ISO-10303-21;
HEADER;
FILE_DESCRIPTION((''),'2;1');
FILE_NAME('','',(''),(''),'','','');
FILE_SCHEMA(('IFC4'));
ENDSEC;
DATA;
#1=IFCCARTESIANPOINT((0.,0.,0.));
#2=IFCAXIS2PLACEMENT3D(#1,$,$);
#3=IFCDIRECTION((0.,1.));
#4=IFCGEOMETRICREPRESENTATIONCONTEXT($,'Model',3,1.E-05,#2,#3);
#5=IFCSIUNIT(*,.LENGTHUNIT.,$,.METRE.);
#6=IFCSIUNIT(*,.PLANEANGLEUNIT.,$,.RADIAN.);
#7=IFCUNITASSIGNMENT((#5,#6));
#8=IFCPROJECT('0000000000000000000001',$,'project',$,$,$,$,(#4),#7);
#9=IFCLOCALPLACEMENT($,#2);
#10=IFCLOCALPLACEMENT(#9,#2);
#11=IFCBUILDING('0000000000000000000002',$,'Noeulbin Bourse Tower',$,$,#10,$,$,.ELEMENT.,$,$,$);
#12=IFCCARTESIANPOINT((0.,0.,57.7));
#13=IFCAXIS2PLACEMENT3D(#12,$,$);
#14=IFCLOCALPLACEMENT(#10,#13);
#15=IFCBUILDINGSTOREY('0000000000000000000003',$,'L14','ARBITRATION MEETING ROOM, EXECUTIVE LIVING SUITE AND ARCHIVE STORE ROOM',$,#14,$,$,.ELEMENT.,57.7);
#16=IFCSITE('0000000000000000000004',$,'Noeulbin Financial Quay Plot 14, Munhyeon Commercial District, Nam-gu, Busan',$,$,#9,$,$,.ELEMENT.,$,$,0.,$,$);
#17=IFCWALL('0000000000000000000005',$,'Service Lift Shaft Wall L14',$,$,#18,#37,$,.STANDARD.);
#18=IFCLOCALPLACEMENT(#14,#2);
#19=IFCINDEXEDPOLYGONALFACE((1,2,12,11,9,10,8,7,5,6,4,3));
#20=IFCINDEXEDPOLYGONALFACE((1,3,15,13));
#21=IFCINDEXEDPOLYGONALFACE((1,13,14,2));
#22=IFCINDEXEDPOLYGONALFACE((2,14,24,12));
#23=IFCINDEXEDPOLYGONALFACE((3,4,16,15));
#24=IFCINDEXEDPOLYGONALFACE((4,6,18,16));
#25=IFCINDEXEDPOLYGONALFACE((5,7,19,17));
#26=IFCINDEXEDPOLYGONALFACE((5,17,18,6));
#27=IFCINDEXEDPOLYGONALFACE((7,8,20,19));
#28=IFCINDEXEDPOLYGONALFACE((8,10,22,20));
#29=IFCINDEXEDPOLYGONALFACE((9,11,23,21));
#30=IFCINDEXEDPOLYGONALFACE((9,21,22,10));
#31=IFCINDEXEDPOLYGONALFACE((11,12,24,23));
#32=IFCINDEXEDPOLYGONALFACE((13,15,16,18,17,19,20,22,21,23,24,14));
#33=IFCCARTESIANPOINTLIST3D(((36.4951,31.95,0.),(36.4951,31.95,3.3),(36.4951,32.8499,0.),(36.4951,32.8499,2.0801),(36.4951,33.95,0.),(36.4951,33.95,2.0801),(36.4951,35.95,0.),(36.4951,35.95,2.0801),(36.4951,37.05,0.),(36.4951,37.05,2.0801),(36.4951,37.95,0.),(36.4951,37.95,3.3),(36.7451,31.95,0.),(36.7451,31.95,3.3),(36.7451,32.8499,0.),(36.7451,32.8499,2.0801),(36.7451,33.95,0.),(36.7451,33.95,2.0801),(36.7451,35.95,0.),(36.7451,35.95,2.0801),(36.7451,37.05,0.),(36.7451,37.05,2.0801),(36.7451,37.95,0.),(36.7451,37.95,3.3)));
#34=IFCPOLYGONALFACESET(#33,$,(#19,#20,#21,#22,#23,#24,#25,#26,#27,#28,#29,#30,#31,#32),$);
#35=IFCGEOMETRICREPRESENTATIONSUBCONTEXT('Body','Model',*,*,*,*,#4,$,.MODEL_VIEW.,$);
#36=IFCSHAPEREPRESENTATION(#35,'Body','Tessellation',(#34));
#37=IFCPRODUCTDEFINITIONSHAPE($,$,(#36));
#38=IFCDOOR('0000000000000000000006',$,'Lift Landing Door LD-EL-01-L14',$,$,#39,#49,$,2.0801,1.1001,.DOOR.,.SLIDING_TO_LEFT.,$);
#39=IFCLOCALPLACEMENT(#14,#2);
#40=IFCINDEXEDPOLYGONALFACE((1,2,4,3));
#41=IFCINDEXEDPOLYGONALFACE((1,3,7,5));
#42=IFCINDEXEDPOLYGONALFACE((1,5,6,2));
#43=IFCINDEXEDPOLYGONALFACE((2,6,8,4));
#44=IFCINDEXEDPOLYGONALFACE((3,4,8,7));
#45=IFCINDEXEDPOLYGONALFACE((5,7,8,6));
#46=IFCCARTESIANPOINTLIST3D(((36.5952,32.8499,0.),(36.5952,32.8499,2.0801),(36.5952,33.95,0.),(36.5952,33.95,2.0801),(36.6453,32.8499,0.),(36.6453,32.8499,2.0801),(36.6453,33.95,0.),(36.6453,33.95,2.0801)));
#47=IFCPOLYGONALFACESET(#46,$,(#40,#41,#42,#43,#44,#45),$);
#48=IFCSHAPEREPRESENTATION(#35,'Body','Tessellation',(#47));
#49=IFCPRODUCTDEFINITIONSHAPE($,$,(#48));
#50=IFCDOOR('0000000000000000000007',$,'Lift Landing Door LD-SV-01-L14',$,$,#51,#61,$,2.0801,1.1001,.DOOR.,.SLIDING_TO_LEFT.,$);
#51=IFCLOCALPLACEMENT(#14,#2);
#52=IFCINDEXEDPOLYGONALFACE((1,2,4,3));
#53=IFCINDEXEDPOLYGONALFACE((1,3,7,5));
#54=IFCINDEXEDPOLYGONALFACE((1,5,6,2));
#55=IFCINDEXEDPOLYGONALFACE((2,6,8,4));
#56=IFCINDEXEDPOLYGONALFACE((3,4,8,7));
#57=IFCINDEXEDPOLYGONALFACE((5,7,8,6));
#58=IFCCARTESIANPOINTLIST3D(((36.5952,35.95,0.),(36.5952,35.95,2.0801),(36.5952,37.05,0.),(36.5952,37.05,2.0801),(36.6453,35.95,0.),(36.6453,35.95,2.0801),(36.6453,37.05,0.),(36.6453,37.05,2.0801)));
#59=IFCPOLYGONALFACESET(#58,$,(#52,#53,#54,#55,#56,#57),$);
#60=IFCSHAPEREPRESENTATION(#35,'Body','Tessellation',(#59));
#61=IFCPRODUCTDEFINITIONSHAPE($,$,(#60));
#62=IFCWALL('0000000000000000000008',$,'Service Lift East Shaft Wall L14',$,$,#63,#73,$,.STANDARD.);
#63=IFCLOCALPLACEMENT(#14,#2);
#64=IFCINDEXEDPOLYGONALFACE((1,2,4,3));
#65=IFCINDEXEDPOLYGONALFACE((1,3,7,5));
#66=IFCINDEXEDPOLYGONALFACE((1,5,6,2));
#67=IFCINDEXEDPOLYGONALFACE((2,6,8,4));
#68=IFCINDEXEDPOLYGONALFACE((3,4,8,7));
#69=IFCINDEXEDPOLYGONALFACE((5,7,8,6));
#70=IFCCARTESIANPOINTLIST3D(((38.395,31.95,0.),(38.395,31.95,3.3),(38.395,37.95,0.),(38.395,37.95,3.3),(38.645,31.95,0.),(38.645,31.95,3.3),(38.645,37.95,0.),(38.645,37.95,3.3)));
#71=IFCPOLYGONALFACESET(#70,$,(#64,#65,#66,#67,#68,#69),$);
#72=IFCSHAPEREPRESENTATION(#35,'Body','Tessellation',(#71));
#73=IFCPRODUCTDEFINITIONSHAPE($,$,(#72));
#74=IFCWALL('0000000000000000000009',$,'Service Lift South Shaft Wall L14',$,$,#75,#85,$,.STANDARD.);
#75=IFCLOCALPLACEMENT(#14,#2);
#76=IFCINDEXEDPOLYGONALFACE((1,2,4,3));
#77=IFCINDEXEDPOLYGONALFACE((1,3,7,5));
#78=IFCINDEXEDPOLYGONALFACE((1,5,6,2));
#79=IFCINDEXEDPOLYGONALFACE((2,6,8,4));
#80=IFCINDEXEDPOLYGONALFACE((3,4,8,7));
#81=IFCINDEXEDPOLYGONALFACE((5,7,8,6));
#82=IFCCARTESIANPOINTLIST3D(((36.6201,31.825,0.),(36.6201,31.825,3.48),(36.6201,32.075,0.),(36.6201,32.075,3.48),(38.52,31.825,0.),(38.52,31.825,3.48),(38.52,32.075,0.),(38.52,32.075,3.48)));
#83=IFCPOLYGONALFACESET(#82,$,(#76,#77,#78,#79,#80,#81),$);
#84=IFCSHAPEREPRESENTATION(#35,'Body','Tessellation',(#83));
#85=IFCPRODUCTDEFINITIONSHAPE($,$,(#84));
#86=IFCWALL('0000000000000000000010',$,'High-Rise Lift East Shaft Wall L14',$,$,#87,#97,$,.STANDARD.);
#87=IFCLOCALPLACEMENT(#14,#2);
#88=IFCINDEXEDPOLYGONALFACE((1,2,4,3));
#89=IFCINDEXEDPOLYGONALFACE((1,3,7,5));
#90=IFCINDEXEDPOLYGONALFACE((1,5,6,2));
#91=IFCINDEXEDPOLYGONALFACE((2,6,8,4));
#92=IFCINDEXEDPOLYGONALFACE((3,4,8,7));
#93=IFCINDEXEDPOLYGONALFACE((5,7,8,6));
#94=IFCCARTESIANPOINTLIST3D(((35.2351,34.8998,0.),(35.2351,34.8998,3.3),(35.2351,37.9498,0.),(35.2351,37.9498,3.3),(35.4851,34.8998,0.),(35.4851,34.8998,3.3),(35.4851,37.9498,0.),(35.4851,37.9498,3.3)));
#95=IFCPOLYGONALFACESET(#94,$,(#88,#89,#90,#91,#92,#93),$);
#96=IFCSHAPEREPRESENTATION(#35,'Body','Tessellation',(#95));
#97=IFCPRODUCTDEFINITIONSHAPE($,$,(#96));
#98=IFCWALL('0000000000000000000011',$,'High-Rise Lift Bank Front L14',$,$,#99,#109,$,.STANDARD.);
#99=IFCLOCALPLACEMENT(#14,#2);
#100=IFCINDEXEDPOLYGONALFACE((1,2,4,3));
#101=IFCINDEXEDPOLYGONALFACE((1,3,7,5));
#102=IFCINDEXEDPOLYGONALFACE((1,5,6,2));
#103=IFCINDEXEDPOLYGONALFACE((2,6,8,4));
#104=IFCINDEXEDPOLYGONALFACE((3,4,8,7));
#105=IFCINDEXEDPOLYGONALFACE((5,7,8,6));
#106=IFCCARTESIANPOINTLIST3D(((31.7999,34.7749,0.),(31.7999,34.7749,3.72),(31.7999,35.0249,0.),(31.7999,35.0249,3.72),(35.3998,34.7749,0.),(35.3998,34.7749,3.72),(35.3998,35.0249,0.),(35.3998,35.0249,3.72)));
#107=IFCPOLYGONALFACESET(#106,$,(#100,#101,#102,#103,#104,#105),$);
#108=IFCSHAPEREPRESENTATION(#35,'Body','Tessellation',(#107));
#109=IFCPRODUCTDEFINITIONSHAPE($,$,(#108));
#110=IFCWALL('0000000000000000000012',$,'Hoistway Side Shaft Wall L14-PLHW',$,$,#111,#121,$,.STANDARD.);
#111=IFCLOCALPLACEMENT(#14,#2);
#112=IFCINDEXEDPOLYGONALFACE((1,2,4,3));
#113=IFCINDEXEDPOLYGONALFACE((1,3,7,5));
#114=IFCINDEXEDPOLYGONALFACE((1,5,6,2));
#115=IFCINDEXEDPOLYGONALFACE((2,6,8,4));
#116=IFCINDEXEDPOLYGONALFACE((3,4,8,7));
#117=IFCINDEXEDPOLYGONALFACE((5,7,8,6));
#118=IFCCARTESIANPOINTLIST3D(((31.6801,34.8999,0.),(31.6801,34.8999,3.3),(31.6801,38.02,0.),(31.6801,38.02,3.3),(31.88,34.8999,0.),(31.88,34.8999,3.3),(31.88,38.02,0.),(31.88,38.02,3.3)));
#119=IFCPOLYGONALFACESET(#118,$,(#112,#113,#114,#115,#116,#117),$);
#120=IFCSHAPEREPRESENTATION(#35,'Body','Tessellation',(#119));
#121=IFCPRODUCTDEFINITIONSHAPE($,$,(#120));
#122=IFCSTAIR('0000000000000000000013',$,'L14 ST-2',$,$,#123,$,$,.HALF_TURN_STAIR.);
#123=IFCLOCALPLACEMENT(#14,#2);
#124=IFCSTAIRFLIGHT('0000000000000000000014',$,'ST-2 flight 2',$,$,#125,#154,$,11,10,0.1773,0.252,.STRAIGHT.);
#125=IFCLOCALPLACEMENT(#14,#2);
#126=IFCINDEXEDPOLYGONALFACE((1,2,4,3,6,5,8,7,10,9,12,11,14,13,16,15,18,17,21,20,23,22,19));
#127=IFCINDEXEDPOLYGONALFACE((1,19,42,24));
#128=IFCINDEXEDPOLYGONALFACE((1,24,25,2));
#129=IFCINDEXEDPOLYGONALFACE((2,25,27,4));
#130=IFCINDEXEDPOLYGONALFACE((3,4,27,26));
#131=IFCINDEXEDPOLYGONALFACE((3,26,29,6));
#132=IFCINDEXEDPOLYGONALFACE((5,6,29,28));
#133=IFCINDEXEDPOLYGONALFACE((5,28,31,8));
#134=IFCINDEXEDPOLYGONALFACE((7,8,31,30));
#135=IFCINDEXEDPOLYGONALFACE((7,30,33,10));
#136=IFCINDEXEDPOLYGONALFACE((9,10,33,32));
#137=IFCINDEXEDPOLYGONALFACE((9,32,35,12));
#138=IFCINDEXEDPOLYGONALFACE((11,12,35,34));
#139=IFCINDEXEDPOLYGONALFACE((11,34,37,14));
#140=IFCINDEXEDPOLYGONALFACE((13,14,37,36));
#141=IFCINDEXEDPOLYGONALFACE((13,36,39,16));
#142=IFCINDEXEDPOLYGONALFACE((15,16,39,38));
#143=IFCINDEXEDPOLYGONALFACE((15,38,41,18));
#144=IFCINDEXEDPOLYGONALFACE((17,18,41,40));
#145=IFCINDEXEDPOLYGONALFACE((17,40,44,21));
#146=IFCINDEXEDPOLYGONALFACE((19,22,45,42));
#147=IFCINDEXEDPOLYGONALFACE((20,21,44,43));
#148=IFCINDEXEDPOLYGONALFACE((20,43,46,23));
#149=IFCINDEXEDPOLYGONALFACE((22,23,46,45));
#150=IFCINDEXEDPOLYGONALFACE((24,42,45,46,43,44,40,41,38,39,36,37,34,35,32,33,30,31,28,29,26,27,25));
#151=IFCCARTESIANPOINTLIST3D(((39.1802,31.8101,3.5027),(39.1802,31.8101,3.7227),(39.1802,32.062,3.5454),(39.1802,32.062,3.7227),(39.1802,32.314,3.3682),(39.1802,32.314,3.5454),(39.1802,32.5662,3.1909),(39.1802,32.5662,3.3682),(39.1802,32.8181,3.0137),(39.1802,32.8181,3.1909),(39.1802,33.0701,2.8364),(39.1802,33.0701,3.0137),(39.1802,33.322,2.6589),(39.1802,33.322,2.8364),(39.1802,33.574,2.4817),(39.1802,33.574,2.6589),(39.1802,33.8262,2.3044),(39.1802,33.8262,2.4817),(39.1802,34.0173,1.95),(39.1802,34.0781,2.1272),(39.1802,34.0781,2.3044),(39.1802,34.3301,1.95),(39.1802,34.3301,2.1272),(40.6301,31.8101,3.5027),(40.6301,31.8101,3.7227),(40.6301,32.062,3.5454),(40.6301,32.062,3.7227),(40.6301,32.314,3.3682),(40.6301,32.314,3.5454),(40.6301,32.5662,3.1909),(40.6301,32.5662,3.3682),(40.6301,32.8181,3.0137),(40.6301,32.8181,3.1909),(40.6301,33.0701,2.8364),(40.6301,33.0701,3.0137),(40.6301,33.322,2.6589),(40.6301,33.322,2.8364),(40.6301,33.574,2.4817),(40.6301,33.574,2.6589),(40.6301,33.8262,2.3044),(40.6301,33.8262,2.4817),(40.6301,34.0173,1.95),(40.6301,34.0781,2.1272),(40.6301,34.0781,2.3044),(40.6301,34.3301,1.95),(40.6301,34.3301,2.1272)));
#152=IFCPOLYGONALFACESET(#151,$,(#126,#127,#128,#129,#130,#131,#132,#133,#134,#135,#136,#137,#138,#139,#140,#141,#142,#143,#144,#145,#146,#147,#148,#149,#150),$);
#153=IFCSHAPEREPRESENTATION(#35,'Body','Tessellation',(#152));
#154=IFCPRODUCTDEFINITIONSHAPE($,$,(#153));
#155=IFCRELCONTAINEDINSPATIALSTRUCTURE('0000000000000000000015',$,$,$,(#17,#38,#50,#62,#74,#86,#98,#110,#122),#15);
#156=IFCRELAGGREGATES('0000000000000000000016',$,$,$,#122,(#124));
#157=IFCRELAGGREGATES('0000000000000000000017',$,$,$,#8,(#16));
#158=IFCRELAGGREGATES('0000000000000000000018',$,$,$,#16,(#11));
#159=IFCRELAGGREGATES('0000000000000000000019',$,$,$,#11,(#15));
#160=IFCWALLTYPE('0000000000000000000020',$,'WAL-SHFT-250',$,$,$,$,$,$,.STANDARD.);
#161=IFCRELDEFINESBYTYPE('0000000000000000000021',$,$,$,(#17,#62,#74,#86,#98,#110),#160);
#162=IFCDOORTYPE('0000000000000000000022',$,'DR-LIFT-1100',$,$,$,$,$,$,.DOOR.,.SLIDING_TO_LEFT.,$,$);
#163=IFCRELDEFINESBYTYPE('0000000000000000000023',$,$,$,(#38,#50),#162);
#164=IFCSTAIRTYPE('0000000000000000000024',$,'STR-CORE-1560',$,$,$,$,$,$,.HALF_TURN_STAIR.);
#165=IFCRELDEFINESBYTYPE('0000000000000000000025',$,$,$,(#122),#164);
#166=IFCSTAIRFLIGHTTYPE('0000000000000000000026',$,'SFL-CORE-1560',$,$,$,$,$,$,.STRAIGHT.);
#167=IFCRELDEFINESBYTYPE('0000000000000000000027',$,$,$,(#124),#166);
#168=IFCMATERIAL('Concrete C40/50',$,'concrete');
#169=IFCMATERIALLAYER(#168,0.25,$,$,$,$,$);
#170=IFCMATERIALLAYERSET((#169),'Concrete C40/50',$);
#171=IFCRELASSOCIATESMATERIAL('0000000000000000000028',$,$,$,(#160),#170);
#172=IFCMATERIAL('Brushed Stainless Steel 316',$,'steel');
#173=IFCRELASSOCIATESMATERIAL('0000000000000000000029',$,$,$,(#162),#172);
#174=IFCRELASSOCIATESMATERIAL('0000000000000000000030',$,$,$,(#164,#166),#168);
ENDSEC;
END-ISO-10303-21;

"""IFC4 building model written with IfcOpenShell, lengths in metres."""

from ifc_helpers import new_model, si_unit, direction, frame, frame_2d, origin, place, context, subcontext, project, spatial, polyline, rectangle, outline, extrude, material, layer, layer_set, type_object, element, fill, aggregate, save


model = new_model("IFC4")

# Units and contexts
model_context = context("Model", 3, precision=1e-05, world=origin(), true_north=direction((0.0, 1.0)))
body_context = subcontext(model_context, "Body", "Model", "MODEL_VIEW")
ifc_project = project(units=[si_unit("LENGTHUNIT", "METRE"), si_unit("PLANEANGLEUNIT", "RADIAN")], contexts=[model_context])

# Site, building, storey
site_placement = place(None, origin())
site = spatial("IfcSite", under=ifc_project, at=site_placement, Name="Noeulbin Financial Quay Plot 14, Munhyeon Commercial District, Nam-gu, Busan", CompositionType="ELEMENT", RefElevation=0.0)
building_placement = place(site_placement, origin())
building = spatial("IfcBuilding", under=site, at=building_placement, Name="Noeulbin Bourse Tower", CompositionType="ELEMENT")
storey_placement = place(building_placement, frame((0.0, 0.0, 57.7)))
storey = spatial("IfcBuildingStorey", under=building, at=storey_placement, Name="L14", Description="ARBITRATION MEETING ROOM, EXECUTIVE LIVING SUITE AND ARCHIVE STORE ROOM", CompositionType="ELEMENT", Elevation=57.7)

# Shared definitions
ifc_material_1 = material(Name="Concrete C40/50", Category="concrete")

# Shared definitions
ifc_layer_1 = layer(ifc_material_1, 0.25)
ifc_layer_set_1 = layer_set([ifc_layer_1], Name="Concrete C40/50")
wall_type_1 = type_object("IfcWallType", Name="WAL-SHFT-250", PredefinedType="STANDARD", material=ifc_layer_set_1)

# Wall, openings, doors
wall_1_placement = place(storey_placement, frame((36.6201, 31.95, 0.0), z_axis=(0.0, 0.0, 1.0), x_axis=(0.0, 1.0, 0.0)))
wall_1 = element("IfcWall", 1, at=wall_1_placement, inside=storey, type_object=wall_type_1, Name="Service Lift Shaft Wall L14", PredefinedType="STANDARD", context=body_context, shape_type="SweptSolid", body=[
    extrude(rectangle(XDim=6.0, YDim=0.25, at=frame_2d((3.0, 0.0))), origin(), (0.0, 0.0, 1.0), 3.3),
])
opening_1_placement = place(wall_1_placement, frame((0.8999, 0.0, 0.0)))
opening_1 = element("IfcOpeningElement", 2, at=opening_1_placement, cuts=wall_1, PredefinedType="OPENING", context=body_context, shape_type="SweptSolid", body=[
    extrude(rectangle(XDim=1.1001, YDim=2.0801, at=frame_2d((0.55, 1.04))), frame((0.0, 0.135, 0.0), z_axis=(0.0, -1.0, 0.0), x_axis=(1.0, 0.0, 0.0)), (0.0, 0.0, 1.0), 0.27),
])
opening_2_placement = place(wall_1_placement, frame((4.0, 0.0, 0.0)))
opening_2 = element("IfcOpeningElement", 3, at=opening_2_placement, cuts=wall_1, PredefinedType="OPENING", context=body_context, shape_type="SweptSolid", body=[
    extrude(rectangle(XDim=1.1001, YDim=2.0801, at=frame_2d((0.55, 1.04))), frame((0.0, 0.135, 0.0), z_axis=(0.0, -1.0, 0.0), x_axis=(1.0, 0.0, 0.0)), (0.0, 0.0, 1.0), 0.27),
])
ifc_material_2 = material(Name="Brushed Stainless Steel 316", Category="steel")
door_type_1 = type_object("IfcDoorType", Name="DR-LIFT-1100", OperationType="SLIDING_TO_LEFT", PredefinedType="DOOR", material=ifc_material_2)
door_1_placement = place(opening_1_placement, origin())
door_1 = element("IfcDoor", 4, at=door_1_placement, inside=storey, type_object=door_type_1, Name="Lift Landing Door LD-EL-01-L14", OperationType="SLIDING_TO_LEFT", OverallHeight=2.0801, OverallWidth=1.1001, PredefinedType="DOOR", context=body_context, shape_type="SweptSolid", body=[
    extrude(rectangle(XDim=1.1001, YDim=2.0801, at=frame_2d((0.55, 1.04))), frame((0.0, 0.0249, 0.0), z_axis=(0.0, -1.0, 0.0), x_axis=(1.0, 0.0, 0.0)), (0.0, 0.0, 1.0), 0.05),
])
fill(opening_1, door_1)
door_2_placement = place(opening_2_placement, origin())
door_2 = element("IfcDoor", 5, at=door_2_placement, inside=storey, type_object=door_type_1, Name="Lift Landing Door LD-SV-01-L14", OperationType="SLIDING_TO_LEFT", OverallHeight=2.0801, OverallWidth=1.1001, PredefinedType="DOOR", context=body_context, shape_type="SweptSolid", body=[
    extrude(rectangle(XDim=1.1001, YDim=2.0801, at=frame_2d((0.55, 1.04))), frame((0.0, 0.0249, 0.0), z_axis=(0.0, -1.0, 0.0), x_axis=(1.0, 0.0, 0.0)), (0.0, 0.0, 1.0), 0.05),
])
fill(opening_2, door_2)

# Walls
wall_2_placement = place(storey_placement, frame((38.52, 31.95, 0.0), z_axis=(0.0, 0.0, 1.0), x_axis=(0.0, 1.0, 0.0)))
element("IfcWall", 6, at=wall_2_placement, inside=storey, type_object=wall_type_1, Name="Service Lift East Shaft Wall L14", PredefinedType="STANDARD", context=body_context, shape_type="SweptSolid", body=[
    extrude(rectangle(XDim=6.0, YDim=0.25, at=frame_2d((3.0, 0.0))), origin(), (0.0, 0.0, 1.0), 3.3),
])
wall_3_placement = place(storey_placement, frame((36.6201, 31.95, 0.0), z_axis=(0.0, 0.0, 1.0), x_axis=(1.0, 0.0, 0.0)))
element("IfcWall", 7, at=wall_3_placement, inside=storey, type_object=wall_type_1, Name="Service Lift South Shaft Wall L14", PredefinedType="STANDARD", context=body_context, shape_type="SweptSolid", body=[
    extrude(rectangle(XDim=1.8999, YDim=0.25, at=frame_2d((0.95, 0.0))), origin(), (0.0, 0.0, 1.0), 3.48),
])
wall_4_placement = place(storey_placement, frame((35.3601, 34.8999, 0.0), z_axis=(0.0, 0.0, 1.0), x_axis=(0.0, 1.0, 0.0)))
element("IfcWall", 8, at=wall_4_placement, inside=storey, type_object=wall_type_1, Name="High-Rise Lift East Shaft Wall L14", PredefinedType="STANDARD", context=body_context, shape_type="SweptSolid", body=[
    extrude(rectangle(XDim=3.05, YDim=0.25, at=frame_2d((1.5249, 0.0))), origin(), (0.0, 0.0, 1.0), 3.3),
])
wall_5_placement = place(storey_placement, frame((31.8, 34.8999, 0.0), z_axis=(0.0, 0.0, 1.0), x_axis=(1.0, 0.0, 0.0)))
element("IfcWall", 9, at=wall_5_placement, inside=storey, type_object=wall_type_1, Name="High-Rise Lift Bank Front L14", PredefinedType="STANDARD", context=body_context, shape_type="SweptSolid", body=[
    extrude(rectangle(XDim=3.5999, YDim=0.25, at=frame_2d((1.7998, 0.0))), origin(), (0.0, 0.0, 1.0), 3.72),
])
wall_6_placement = place(storey_placement, frame((31.78, 34.8999, 0.0), z_axis=(0.0, 0.0, 1.0), x_axis=(0.0, 1.0, 0.0)))
element("IfcWall", 10, at=wall_6_placement, inside=storey, type_object=wall_type_1, Name="Hoistway Side Shaft Wall L14-PLHW", PredefinedType="STANDARD", context=body_context, shape_type="SweptSolid", body=[
    extrude(rectangle(XDim=3.1201, YDim=0.2, at=frame_2d((1.5601, 0.0))), origin(), (0.0, 0.0, 1.0), 3.3),
])

# Stair, stair flight
stair_type = type_object("IfcStairType", Name="STR-CORE-1560", PredefinedType="HALF_TURN_STAIR", material=ifc_material_1)
stair_placement = place(storey_placement, origin())
stair = element("IfcStair", 11, at=stair_placement, inside=storey, type_object=stair_type, Name="L14 ST-2", PredefinedType="HALF_TURN_STAIR")
stair_flight_type = type_object("IfcStairFlightType", Name="SFL-CORE-1560", PredefinedType="STRAIGHT", material=ifc_material_1)
stair_flight_placement = place(storey_placement, frame((39.905, 34.3301, 1.95), z_axis=(0.0, 0.0, 1.0), x_axis=(0.0, -1.0, 0.0)))
stair_flight = element("IfcStairFlight", 12, at=stair_flight_placement, type_object=stair_flight_type, Name="ST-2 flight 2", NumberOfRisers=11, NumberOfTreads=10, PredefinedType="STRAIGHT", RiserHeight=0.1773, TreadLength=0.252, context=body_context, shape_type="SweptSolid", body=[
    extrude(outline(polyline([(0.0, 0.0), (0.0, 0.1772), (0.252, 0.1772), (0.252, 0.3545), (0.5039, 0.3545), (0.5039, 0.5317), (0.7561, 0.5317), (0.7561, 0.709), (1.0081, 0.709), (1.0081, 0.8865), (1.26, 0.8865), (1.26, 1.0637), (1.512, 1.0637), (1.512, 1.241), (1.7639, 1.241), (1.7639, 1.4182), (2.0161, 1.4182), (2.0161, 1.5955), (2.2681, 1.5955), (2.2681, 1.7727), (2.52, 1.7727), (2.52, 1.95), (2.52, 1.5527), (0.3127, 0.0), (0.0, 0.0)])), frame((0.0, 0.7251, 0.0), z_axis=(0.0, -1.0, 0.0), x_axis=(1.0, 0.0, 0.0)), (0.0, 0.0, 1.0), 1.45),
])
aggregate(stair, [stair_flight])

save(model, "model.ifc")
